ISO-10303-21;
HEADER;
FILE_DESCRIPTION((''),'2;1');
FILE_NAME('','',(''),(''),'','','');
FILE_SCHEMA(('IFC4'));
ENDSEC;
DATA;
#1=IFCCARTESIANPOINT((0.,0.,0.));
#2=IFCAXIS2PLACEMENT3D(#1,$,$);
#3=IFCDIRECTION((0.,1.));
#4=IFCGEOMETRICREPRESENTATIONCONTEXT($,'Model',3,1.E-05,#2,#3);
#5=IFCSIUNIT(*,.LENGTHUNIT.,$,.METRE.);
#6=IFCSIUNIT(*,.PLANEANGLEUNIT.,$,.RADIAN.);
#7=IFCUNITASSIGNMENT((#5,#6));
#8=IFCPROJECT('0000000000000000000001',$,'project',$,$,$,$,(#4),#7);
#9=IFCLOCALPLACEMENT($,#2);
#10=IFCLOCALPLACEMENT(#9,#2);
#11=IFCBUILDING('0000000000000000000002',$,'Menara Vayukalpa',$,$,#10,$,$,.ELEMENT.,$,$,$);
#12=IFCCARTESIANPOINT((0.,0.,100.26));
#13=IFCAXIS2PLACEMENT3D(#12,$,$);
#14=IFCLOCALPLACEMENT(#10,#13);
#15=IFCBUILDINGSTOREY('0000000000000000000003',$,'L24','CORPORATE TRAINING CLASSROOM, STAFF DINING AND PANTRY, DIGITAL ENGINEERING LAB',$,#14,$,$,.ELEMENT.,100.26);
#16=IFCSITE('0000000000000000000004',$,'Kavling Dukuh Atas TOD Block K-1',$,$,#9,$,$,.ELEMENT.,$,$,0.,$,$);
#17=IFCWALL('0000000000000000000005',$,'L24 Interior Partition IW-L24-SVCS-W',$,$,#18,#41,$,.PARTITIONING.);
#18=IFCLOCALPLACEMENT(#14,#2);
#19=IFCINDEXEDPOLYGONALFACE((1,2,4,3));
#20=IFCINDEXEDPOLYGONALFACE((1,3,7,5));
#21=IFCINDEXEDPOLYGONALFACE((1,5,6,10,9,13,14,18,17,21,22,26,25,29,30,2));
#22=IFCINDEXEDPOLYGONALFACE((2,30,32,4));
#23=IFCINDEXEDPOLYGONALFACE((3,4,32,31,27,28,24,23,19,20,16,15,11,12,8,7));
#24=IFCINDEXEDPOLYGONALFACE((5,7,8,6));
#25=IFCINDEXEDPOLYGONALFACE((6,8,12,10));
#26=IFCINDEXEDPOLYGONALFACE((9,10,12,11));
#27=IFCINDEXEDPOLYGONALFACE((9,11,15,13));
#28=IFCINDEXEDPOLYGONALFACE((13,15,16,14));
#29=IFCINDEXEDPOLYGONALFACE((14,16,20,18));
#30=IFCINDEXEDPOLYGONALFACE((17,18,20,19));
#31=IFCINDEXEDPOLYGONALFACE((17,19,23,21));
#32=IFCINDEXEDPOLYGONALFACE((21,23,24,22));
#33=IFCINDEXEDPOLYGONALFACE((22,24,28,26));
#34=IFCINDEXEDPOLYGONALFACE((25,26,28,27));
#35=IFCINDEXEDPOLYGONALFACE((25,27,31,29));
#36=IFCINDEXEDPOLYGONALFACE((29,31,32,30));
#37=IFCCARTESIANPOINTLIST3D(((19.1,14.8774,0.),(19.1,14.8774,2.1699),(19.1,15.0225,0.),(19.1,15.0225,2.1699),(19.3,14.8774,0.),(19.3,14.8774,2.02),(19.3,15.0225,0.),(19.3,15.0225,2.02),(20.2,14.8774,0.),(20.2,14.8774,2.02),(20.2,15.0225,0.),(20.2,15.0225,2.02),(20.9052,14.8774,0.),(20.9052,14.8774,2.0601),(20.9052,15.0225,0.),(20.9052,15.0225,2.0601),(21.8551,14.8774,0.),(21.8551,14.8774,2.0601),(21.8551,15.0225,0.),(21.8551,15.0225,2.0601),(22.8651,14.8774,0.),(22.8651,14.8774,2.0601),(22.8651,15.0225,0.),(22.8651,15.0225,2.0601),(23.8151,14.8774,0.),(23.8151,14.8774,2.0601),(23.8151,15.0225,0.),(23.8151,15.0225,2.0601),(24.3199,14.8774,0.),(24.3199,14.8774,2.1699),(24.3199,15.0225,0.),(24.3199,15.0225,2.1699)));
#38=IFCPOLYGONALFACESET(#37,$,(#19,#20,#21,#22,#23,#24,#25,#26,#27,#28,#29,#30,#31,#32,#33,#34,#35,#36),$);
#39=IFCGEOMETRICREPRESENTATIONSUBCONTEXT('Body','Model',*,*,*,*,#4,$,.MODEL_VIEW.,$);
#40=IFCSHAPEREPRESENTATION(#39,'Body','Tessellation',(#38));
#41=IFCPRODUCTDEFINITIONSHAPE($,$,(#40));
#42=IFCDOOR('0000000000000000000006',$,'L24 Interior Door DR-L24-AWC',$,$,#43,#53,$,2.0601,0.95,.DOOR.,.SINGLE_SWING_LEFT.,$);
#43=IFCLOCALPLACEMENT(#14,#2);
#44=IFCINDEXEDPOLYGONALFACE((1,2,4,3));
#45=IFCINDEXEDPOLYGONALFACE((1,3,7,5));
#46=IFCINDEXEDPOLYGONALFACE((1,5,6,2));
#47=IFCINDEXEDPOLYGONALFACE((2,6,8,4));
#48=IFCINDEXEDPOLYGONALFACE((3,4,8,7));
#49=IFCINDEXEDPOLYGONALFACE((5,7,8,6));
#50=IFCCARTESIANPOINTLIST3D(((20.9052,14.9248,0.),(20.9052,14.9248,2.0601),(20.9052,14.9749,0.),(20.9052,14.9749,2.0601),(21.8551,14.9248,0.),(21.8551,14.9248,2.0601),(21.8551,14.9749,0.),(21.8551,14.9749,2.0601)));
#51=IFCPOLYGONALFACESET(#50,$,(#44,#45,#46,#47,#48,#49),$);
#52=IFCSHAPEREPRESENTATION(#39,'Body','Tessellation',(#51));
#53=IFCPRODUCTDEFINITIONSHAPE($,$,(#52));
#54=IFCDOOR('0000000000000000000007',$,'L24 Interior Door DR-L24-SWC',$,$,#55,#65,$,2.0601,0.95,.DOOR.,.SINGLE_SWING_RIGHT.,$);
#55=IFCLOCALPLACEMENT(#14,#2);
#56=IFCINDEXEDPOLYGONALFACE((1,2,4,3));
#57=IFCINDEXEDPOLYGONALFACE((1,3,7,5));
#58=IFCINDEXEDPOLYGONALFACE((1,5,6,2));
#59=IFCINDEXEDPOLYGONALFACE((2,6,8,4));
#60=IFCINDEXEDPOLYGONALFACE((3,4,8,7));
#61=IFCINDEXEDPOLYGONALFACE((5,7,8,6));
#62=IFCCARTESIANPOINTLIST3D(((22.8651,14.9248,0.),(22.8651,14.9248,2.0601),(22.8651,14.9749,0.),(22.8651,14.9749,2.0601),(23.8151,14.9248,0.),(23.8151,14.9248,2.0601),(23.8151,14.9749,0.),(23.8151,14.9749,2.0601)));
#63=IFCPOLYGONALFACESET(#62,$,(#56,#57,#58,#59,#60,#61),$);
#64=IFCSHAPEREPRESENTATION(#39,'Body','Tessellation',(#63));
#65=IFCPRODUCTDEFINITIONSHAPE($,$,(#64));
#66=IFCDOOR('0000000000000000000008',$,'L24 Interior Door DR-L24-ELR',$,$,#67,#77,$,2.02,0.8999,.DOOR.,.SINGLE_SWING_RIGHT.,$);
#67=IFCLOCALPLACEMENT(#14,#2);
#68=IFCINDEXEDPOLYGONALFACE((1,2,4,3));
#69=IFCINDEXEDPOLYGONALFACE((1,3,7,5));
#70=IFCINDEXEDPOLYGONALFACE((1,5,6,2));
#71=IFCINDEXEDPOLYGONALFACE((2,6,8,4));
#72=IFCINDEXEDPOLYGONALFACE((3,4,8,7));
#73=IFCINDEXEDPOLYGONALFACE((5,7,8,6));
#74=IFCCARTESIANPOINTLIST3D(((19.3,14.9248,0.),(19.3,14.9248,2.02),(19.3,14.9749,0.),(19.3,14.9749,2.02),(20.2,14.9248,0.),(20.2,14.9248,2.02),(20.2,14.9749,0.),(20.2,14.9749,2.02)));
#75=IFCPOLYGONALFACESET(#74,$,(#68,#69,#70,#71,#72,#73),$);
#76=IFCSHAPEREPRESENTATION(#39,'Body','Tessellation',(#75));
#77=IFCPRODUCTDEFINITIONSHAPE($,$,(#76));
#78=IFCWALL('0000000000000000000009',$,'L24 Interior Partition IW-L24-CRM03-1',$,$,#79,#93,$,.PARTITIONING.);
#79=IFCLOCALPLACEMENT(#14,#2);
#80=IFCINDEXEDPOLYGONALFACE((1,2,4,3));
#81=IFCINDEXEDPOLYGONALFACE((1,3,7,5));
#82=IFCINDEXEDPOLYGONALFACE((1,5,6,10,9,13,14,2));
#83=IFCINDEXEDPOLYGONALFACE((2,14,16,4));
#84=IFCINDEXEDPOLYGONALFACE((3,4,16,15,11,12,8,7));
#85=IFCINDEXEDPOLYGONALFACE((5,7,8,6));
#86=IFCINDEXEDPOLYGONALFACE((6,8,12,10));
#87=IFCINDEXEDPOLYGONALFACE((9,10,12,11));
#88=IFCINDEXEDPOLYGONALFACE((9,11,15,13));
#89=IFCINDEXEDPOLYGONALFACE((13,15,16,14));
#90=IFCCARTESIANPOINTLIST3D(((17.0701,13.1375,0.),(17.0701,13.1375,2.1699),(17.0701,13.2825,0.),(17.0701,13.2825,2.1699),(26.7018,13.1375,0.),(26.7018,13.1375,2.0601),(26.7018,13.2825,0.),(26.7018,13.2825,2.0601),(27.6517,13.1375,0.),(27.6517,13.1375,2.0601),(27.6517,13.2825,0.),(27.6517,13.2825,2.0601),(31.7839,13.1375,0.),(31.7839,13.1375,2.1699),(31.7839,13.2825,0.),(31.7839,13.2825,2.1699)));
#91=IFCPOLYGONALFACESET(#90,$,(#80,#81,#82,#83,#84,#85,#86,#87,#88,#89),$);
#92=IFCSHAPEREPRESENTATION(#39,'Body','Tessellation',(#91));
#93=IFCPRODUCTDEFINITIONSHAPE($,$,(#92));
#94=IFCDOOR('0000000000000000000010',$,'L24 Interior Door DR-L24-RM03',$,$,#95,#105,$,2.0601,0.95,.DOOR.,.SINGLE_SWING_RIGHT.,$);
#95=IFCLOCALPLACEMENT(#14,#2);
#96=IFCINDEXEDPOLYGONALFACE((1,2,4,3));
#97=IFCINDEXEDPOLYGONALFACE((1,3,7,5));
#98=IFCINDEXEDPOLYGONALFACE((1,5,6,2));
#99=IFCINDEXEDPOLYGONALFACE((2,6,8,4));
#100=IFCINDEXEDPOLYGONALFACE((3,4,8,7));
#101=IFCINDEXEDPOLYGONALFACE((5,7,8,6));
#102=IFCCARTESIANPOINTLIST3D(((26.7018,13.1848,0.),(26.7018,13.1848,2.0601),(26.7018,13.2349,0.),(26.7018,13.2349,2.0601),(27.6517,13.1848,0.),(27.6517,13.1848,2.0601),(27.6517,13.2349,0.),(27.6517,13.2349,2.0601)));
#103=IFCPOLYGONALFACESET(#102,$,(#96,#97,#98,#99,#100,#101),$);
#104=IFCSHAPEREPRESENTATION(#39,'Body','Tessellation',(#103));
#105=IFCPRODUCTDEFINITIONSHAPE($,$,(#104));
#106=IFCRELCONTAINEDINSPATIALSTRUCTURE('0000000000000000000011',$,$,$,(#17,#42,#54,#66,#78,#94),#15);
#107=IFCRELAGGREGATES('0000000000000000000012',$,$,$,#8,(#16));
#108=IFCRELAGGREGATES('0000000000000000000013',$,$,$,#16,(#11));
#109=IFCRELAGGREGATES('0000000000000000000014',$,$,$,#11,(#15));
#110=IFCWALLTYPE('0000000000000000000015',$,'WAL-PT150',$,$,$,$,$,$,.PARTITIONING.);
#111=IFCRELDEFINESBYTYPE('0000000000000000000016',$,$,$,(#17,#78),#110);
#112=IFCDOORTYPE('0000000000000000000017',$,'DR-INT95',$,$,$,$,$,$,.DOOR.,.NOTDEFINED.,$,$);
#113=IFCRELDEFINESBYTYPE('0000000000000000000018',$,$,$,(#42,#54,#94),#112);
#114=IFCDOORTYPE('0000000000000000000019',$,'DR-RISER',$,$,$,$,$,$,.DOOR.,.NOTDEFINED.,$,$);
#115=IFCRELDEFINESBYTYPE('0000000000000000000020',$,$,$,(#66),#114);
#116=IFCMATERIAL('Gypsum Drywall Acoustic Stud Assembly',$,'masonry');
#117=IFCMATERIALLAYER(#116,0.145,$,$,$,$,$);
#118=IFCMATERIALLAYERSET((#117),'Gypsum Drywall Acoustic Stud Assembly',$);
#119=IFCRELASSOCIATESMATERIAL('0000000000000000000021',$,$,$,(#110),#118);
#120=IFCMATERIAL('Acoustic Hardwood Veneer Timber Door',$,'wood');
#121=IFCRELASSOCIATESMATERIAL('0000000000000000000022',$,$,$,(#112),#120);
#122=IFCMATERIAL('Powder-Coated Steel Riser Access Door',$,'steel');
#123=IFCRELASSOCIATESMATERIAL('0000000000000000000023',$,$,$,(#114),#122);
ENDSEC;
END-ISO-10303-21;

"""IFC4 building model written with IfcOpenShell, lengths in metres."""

from ifc_helpers import new_model, si_unit, direction, frame, frame_2d, origin, place, context, subcontext, project, spatial, rectangle, extrude, material, layer, layer_set, type_object, element, fill, save


model = new_model("IFC4")

# Units and contexts
model_context = context("Model", 3, precision=1e-05, world=origin(), true_north=direction((0.0, 1.0)))
body_context = subcontext(model_context, "Body", "Model", "MODEL_VIEW")
ifc_project = project(units=[si_unit("LENGTHUNIT", "METRE"), si_unit("PLANEANGLEUNIT", "RADIAN")], contexts=[model_context])

# Site, building, storey
site_placement = place(None, origin())
site = spatial("IfcSite", under=ifc_project, at=site_placement, Name="Kavling Dukuh Atas TOD Block K-1", CompositionType="ELEMENT", RefElevation=0.0)
building_placement = place(site_placement, origin())
building = spatial("IfcBuilding", under=site, at=building_placement, Name="Menara Vayukalpa", CompositionType="ELEMENT")
storey_placement = place(building_placement, frame((0.0, 0.0, 100.26)))
storey = spatial("IfcBuildingStorey", under=building, at=storey_placement, Name="L24", Description="CORPORATE TRAINING CLASSROOM, STAFF DINING AND PANTRY, DIGITAL ENGINEERING LAB", CompositionType="ELEMENT", Elevation=100.26)

# Wall, openings, doors
ifc_material_1 = material(Name="Gypsum Drywall Acoustic Stud Assembly", Category="masonry")
ifc_layer_1 = layer(ifc_material_1, 0.145)
ifc_layer_set_1 = layer_set([ifc_layer_1], Name="Gypsum Drywall Acoustic Stud Assembly")
wall_type_1 = type_object("IfcWallType", Name="WAL-PT150", PredefinedType="PARTITIONING", material=ifc_layer_set_1)
wall_1_placement = place(storey_placement, frame((19.1001, 14.95, 0.0), z_axis=(0.0, 0.0, 1.0), x_axis=(1.0, 0.0, 0.0)))
wall_1 = element("IfcWall", 1, at=wall_1_placement, inside=storey, type_object=wall_type_1, Name="L24 Interior Partition IW-L24-SVCS-W", PredefinedType="PARTITIONING", context=body_context, shape_type="SweptSolid", body=[
    extrude(rectangle(XDim=5.22, YDim=0.145, at=frame_2d((2.6099, 0.0))), origin(), (0.0, 0.0, 1.0), 2.1699),
])
opening_1_placement = place(wall_1_placement, frame((0.2, 0.0, 0.0)))
opening_1 = element("IfcOpeningElement", 2, at=opening_1_placement, cuts=wall_1, PredefinedType="OPENING", context=body_context, shape_type="SweptSolid", body=[
    extrude(rectangle(XDim=0.8999, YDim=2.02, at=frame_2d((0.45, 1.01))), frame((0.0, 0.0825, 0.0), z_axis=(0.0, -1.0, 0.0), x_axis=(1.0, 0.0, 0.0)), (0.0, 0.0, 1.0), 0.165),
])
opening_2_placement = place(wall_1_placement, frame((1.8049, 0.0, 0.0)))
opening_2 = element("IfcOpeningElement", 3, at=opening_2_placement, cuts=wall_1, PredefinedType="OPENING", context=body_context, shape_type="SweptSolid", body=[
    extrude(rectangle(XDim=0.95, YDim=2.0601, at=frame_2d((0.4751, 1.03))), frame((0.0, 0.0825, 0.0), z_axis=(0.0, -1.0, 0.0), x_axis=(1.0, 0.0, 0.0)), (0.0, 0.0, 1.0), 0.165),
])
opening_3_placement = place(wall_1_placement, frame((3.7649, 0.0, 0.0)))
opening_3 = element("IfcOpeningElement", 4, at=opening_3_placement, cuts=wall_1, PredefinedType="OPENING", context=body_context, shape_type="SweptSolid", body=[
    extrude(rectangle(XDim=0.95, YDim=2.0601, at=frame_2d((0.4751, 1.03))), frame((0.0, 0.0825, 0.0), z_axis=(0.0, -1.0, 0.0), x_axis=(1.0, 0.0, 0.0)), (0.0, 0.0, 1.0), 0.165),
])
ifc_material_2 = material(Name="Acoustic Hardwood Veneer Timber Door", Category="wood")
door_type_1 = type_object("IfcDoorType", Name="DR-INT95", OperationType="NOTDEFINED", PredefinedType="DOOR", material=ifc_material_2)
door_1_placement = place(opening_2_placement, origin())
door_1 = element("IfcDoor", 5, at=door_1_placement, inside=storey, type_object=door_type_1, Name="L24 Interior Door DR-L24-AWC", OperationType="SINGLE_SWING_LEFT", OverallHeight=2.0601, OverallWidth=0.95, PredefinedType="DOOR", context=body_context, shape_type="SweptSolid", body=[
    extrude(rectangle(XDim=0.95, YDim=2.0601, at=frame_2d((0.4751, 1.03))), frame((0.0, 0.0249, 0.0), z_axis=(0.0, -1.0, 0.0), x_axis=(1.0, 0.0, 0.0)), (0.0, 0.0, 1.0), 0.05),
])
fill(opening_2, door_1)
door_2_placement = place(opening_3_placement, origin())
door_2 = element("IfcDoor", 6, at=door_2_placement, inside=storey, type_object=door_type_1, Name="L24 Interior Door DR-L24-SWC", OperationType="SINGLE_SWING_RIGHT", OverallHeight=2.0601, OverallWidth=0.95, PredefinedType="DOOR", context=body_context, shape_type="SweptSolid", body=[
    extrude(rectangle(XDim=0.95, YDim=2.0601, at=frame_2d((0.4751, 1.03))), frame((0.0, 0.0249, 0.0), z_axis=(0.0, -1.0, 0.0), x_axis=(1.0, 0.0, 0.0)), (0.0, 0.0, 1.0), 0.05),
])
fill(opening_3, door_2)
ifc_material_3 = material(Name="Powder-Coated Steel Riser Access Door", Category="steel")
door_type_2 = type_object("IfcDoorType", Name="DR-RISER", OperationType="NOTDEFINED", PredefinedType="DOOR", material=ifc_material_3)
door_3_placement = place(opening_1_placement, origin())
door_3 = element("IfcDoor", 7, at=door_3_placement, inside=storey, type_object=door_type_2, Name="L24 Interior Door DR-L24-ELR", OperationType="SINGLE_SWING_RIGHT", OverallHeight=2.02, OverallWidth=0.8999, PredefinedType="DOOR", context=body_context, shape_type="SweptSolid", body=[
    extrude(rectangle(XDim=0.8999, YDim=2.02, at=frame_2d((0.45, 1.01))), frame((0.0, 0.0249, 0.0), z_axis=(0.0, -1.0, 0.0), x_axis=(1.0, 0.0, 0.0)), (0.0, 0.0, 1.0), 0.05),
])
fill(opening_1, door_3)

# Wall, opening, door
wall_2_placement = place(storey_placement, frame((17.0701, 13.21, 0.0), z_axis=(0.0, 0.0, 1.0), x_axis=(1.0, 0.0, 0.0)))
wall_2 = element("IfcWall", 8, at=wall_2_placement, inside=storey, type_object=wall_type_1, Name="L24 Interior Partition IW-L24-CRM03-1", PredefinedType="PARTITIONING", context=body_context, shape_type="SweptSolid", body=[
    extrude(rectangle(XDim=14.7139, YDim=0.145, at=frame_2d((7.3569, 0.0))), origin(), (0.0, 0.0, 1.0), 2.1699),
])
opening_4_placement = place(wall_2_placement, frame((9.6316, 0.0, 0.0)))
opening_4 = element("IfcOpeningElement", 9, at=opening_4_placement, cuts=wall_2, PredefinedType="OPENING", context=body_context, shape_type="SweptSolid", body=[
    extrude(rectangle(XDim=0.95, YDim=2.0601, at=frame_2d((0.4751, 1.03))), frame((0.0, 0.0825, 0.0), z_axis=(0.0, -1.0, 0.0), x_axis=(1.0, 0.0, 0.0)), (0.0, 0.0, 1.0), 0.165),
])
door_4_placement = place(opening_4_placement, origin())
door_4 = element("IfcDoor", 10, at=door_4_placement, inside=storey, type_object=door_type_1, Name="L24 Interior Door DR-L24-RM03", OperationType="SINGLE_SWING_RIGHT", OverallHeight=2.0601, OverallWidth=0.95, PredefinedType="DOOR", context=body_context, shape_type="SweptSolid", body=[
    extrude(rectangle(XDim=0.95, YDim=2.0601, at=frame_2d((0.4751, 1.03))), frame((0.0, 0.0249, 0.0), z_axis=(0.0, -1.0, 0.0), x_axis=(1.0, 0.0, 0.0)), (0.0, 0.0, 1.0), 0.05),
])
fill(opening_4, door_4)

save(model, "model.ifc")
